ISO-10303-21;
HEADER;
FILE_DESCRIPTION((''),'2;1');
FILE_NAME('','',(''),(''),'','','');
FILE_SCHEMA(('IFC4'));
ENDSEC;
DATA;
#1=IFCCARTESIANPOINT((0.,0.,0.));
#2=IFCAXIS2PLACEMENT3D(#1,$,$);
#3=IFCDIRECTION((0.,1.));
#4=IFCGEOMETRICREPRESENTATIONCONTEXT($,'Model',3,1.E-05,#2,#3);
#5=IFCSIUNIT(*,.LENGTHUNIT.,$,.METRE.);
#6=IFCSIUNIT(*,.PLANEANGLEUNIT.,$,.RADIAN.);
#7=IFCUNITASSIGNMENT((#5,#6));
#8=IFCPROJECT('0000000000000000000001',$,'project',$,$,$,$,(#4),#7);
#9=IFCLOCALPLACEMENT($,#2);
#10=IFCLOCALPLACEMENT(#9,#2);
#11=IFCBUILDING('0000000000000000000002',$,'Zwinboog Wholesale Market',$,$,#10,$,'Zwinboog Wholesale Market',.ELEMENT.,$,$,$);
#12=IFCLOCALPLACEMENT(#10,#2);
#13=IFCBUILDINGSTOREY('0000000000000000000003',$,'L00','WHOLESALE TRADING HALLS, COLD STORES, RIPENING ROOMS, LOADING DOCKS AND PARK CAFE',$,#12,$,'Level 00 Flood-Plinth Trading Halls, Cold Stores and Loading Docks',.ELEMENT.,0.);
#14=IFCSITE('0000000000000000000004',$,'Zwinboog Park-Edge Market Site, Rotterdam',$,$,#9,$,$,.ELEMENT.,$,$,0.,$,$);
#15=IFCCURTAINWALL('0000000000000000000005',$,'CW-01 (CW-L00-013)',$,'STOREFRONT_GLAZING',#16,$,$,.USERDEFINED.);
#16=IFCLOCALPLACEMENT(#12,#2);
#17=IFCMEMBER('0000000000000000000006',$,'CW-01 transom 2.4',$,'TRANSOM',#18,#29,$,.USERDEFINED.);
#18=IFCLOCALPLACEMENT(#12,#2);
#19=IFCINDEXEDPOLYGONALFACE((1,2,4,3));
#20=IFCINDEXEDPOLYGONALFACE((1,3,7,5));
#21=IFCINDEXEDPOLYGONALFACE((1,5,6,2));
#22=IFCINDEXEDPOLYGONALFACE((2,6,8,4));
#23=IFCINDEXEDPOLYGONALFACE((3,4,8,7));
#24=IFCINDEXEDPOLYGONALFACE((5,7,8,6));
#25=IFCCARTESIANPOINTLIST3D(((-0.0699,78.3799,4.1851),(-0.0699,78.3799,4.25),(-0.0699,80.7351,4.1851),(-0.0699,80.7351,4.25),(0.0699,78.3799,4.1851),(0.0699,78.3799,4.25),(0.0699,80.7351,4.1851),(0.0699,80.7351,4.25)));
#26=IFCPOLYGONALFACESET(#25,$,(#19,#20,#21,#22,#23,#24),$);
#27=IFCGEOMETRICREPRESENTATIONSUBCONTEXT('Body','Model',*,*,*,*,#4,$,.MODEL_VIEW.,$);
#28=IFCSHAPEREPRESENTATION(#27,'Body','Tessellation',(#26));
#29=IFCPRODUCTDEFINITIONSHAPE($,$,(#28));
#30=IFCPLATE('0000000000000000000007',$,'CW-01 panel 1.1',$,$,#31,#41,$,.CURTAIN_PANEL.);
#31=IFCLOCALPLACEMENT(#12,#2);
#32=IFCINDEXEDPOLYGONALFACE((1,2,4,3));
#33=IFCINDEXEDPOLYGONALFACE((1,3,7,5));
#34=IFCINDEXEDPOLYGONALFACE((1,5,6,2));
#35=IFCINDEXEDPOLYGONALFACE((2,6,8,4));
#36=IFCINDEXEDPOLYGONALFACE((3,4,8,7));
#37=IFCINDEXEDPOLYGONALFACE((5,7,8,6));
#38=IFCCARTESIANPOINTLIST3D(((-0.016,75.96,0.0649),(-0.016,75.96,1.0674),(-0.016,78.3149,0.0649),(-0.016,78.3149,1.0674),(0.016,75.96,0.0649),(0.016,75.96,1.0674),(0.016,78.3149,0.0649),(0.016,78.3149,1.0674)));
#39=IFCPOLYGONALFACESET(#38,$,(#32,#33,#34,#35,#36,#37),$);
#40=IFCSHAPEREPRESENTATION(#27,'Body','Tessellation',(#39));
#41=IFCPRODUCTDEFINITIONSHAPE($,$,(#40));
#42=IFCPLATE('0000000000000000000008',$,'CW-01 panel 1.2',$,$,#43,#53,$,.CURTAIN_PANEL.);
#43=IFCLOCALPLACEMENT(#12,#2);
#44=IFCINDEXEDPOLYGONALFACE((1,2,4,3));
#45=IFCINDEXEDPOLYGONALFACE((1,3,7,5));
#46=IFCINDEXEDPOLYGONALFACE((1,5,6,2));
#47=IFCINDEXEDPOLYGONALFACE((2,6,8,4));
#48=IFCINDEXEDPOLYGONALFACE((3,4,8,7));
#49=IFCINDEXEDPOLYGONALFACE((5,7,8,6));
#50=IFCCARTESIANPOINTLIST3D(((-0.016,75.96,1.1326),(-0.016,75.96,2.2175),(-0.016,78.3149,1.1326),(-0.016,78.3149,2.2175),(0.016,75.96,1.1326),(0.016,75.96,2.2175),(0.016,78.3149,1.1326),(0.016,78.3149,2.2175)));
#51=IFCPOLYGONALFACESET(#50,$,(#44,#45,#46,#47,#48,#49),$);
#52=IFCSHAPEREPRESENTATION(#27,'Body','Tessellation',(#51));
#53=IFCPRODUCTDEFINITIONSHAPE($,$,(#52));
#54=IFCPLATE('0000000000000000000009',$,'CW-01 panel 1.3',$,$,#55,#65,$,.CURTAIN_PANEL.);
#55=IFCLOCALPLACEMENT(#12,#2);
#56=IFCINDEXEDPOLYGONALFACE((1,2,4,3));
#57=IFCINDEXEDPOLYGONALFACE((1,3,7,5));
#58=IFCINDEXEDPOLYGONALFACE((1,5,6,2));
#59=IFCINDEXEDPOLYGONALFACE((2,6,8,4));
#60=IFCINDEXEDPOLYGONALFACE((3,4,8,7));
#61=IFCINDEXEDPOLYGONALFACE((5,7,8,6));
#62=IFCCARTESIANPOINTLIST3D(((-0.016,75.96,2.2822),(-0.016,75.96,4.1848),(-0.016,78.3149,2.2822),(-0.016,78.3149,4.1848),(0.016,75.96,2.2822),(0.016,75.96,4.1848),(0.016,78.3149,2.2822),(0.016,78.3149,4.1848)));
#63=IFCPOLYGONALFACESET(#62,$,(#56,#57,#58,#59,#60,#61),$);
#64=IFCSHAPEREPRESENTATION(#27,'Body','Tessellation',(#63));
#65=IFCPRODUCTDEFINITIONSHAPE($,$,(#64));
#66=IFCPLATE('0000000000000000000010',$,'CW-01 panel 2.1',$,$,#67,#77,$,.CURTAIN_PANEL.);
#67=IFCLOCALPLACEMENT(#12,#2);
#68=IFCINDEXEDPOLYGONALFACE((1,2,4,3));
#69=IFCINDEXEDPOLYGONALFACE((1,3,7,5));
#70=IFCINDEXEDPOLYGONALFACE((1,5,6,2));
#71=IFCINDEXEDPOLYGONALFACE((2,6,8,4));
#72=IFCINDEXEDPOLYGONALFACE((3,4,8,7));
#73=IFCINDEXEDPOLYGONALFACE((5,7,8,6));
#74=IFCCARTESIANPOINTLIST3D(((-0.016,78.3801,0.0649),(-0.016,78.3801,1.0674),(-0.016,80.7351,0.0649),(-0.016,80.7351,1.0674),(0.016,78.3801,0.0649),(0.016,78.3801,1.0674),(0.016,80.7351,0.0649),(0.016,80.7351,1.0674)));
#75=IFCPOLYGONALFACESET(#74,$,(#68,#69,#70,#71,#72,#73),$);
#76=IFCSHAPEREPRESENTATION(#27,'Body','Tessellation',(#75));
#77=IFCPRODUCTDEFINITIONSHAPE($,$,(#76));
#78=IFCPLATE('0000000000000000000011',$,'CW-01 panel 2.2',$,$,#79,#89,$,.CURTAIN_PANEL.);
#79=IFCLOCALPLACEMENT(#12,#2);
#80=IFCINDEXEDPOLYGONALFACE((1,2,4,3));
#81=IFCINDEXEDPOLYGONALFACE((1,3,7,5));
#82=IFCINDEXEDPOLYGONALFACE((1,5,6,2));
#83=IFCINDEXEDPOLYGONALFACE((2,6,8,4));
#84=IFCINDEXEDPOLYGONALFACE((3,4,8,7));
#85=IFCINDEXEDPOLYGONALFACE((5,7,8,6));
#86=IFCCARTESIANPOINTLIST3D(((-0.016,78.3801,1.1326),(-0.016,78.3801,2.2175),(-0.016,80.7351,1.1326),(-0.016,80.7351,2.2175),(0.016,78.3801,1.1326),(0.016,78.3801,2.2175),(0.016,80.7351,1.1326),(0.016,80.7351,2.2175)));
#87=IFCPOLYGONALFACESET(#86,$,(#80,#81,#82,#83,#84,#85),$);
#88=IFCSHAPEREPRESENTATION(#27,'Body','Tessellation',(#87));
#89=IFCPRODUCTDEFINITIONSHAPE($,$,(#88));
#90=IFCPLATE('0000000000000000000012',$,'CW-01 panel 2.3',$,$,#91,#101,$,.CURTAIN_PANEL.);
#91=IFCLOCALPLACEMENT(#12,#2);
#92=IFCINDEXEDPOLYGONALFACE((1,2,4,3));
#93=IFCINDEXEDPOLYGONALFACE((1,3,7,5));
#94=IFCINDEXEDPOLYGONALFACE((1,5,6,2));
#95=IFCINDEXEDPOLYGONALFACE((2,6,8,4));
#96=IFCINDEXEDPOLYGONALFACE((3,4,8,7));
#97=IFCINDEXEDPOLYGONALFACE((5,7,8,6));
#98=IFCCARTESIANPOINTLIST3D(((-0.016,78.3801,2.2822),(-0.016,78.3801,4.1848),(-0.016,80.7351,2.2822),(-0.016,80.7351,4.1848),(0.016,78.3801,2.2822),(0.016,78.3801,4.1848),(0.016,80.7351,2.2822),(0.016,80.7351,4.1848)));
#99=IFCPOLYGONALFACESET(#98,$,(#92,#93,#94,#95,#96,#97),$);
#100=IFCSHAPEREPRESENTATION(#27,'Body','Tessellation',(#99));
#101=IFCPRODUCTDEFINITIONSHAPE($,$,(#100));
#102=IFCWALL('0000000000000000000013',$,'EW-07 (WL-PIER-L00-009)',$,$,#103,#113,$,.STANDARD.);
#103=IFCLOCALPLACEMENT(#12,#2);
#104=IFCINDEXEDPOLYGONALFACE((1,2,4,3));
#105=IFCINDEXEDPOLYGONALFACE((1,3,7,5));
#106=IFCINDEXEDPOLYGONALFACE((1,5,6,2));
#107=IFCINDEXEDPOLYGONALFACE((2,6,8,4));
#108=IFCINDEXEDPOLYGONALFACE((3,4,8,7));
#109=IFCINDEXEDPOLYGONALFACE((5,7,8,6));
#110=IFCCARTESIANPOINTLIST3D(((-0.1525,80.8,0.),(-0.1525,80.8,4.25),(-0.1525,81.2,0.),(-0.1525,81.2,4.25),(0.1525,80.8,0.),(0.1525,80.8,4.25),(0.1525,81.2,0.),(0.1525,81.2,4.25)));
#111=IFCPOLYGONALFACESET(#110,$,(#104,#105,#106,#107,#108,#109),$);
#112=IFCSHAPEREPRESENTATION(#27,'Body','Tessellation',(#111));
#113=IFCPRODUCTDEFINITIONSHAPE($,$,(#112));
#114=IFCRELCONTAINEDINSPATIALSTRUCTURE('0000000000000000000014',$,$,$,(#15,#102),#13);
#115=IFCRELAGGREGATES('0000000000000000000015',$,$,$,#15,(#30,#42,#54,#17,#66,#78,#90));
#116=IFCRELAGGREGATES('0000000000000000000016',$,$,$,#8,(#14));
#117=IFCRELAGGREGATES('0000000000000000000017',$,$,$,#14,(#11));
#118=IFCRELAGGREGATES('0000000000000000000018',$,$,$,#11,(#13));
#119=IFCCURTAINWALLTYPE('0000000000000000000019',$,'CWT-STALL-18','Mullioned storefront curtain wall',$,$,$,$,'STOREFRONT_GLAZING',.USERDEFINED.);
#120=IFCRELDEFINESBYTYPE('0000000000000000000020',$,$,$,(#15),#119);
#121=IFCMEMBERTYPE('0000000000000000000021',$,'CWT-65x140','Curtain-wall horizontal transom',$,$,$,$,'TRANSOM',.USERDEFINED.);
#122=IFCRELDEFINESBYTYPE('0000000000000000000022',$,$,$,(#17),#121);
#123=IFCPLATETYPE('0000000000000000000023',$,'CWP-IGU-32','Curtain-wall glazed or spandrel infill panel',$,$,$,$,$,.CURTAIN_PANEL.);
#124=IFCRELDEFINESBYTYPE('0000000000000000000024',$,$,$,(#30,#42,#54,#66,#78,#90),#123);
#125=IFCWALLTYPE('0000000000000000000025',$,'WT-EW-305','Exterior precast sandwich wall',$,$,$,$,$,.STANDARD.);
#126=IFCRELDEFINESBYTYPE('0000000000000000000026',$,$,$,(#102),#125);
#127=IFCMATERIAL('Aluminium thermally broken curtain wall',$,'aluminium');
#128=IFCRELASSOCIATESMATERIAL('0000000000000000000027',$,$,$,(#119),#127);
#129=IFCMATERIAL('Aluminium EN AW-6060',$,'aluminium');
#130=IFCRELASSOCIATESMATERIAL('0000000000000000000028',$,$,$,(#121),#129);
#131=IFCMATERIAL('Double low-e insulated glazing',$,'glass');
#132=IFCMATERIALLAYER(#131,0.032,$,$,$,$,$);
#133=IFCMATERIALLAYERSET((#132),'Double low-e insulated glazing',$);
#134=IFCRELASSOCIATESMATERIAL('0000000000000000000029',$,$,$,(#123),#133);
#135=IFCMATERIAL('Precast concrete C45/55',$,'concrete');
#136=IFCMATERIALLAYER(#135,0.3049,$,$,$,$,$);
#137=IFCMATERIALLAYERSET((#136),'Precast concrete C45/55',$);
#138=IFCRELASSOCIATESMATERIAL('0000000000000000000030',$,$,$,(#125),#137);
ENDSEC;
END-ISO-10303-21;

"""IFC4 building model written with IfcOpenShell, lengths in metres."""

from ifc_helpers import new_model, si_unit, direction, frame, frame_2d, origin, origin_2d, place, context, subcontext, project, spatial, rectangle, extrude, material, layer, layer_set, material_profile, profile_set, type_object, element, aggregate, save


model = new_model("IFC4")

# Units and contexts
model_context = context("Model", 3, precision=1e-05, world=origin(), true_north=direction((0.0, 1.0)))
body_context = subcontext(model_context, "Body", "Model", "MODEL_VIEW")
ifc_project = project(units=[si_unit("LENGTHUNIT", "METRE"), si_unit("PLANEANGLEUNIT", "RADIAN")], contexts=[model_context])

# Site, building, storey
site_placement = place(None, origin())
site = spatial("IfcSite", under=ifc_project, at=site_placement, Name="Zwinboog Park-Edge Market Site, Rotterdam", CompositionType="ELEMENT", RefElevation=0.0)
building_placement = place(site_placement, origin())
building = spatial("IfcBuilding", under=site, at=building_placement, Name="Zwinboog Wholesale Market", LongName="Zwinboog Wholesale Market", CompositionType="ELEMENT")
storey_placement = place(building_placement, origin())
storey = spatial("IfcBuildingStorey", under=building, at=storey_placement, Name="L00", Description="WHOLESALE TRADING HALLS, COLD STORES, RIPENING ROOMS, LOADING DOCKS AND PARK CAFE", LongName="Level 00 Flood-Plinth Trading Halls, Cold Stores and Loading Docks", CompositionType="ELEMENT", Elevation=0.0)

# Curtain wall, member, plates
ifc_material_1 = material(Name="Aluminium thermally broken curtain wall", Category="aluminium")
curtain_wall_type = type_object("IfcCurtainWallType", Name="CWT-STALL-18", Description="Mullioned storefront curtain wall", ElementType="STOREFRONT_GLAZING", PredefinedType="USERDEFINED", material=ifc_material_1)
curtain_wall_placement = place(storey_placement, origin())
curtain_wall = element("IfcCurtainWall", 1, at=curtain_wall_placement, inside=storey, type_object=curtain_wall_type, Name="CW-01 (CW-L00-013)", ObjectType="STOREFRONT_GLAZING", PredefinedType="USERDEFINED")
ifc_material_2 = material(Name="Aluminium EN AW-6060", Category="aluminium")
ifc_material_profile_1 = material_profile(ifc_material_2, rectangle(XDim=0.1399, YDim=0.0649, at=origin_2d()), Name="AL 65x140")
ifc_profile_set_1 = profile_set([ifc_material_profile_1], Name="Aluminium EN AW-6060")
member_type_1 = type_object("IfcMemberType", Name="CWT-65x140", Description="Curtain-wall horizontal transom", ElementType="TRANSOM", PredefinedType="USERDEFINED", material=ifc_profile_set_1)
member_1_placement = place(storey_placement, frame((0.0, 78.3799, 4.2175), z_axis=(0.0, 1.0, 0.0), x_axis=(-1.0, 0.0, 0.0)))
member_1 = element("IfcMember", 2, at=member_1_placement, type_object=member_type_1, Name="CW-01 transom 2.4", ObjectType="TRANSOM", PredefinedType="USERDEFINED", context=body_context, shape_type="SweptSolid", body=[
    extrude(rectangle(XDim=0.1399, YDim=0.0649, at=origin_2d()), origin(), (0.0, 0.0, 1.0), 2.3552),
])
ifc_material_3 = material(Name="Double low-e insulated glazing", Category="glass")
ifc_layer_1 = layer(ifc_material_3, 0.032)
ifc_layer_set_1 = layer_set([ifc_layer_1], Name="Double low-e insulated glazing")
plate_type = type_object("IfcPlateType", Name="CWP-IGU-32", Description="Curtain-wall glazed or spandrel infill panel", PredefinedType="CURTAIN_PANEL", material=ifc_layer_set_1)
plate_1_placement = place(storey_placement, frame((0.0, 77.1375, 0.0649), z_axis=(0.0, 0.0, 1.0), x_axis=(0.0, 1.0, 0.0)))
plate_1 = element("IfcPlate", 3, at=plate_1_placement, type_object=plate_type, Name="CW-01 panel 1.1", PredefinedType="CURTAIN_PANEL", context=body_context, shape_type="SweptSolid", body=[
    extrude(rectangle(XDim=2.355, YDim=0.032, at=origin_2d()), origin(), (0.0, 0.0, 1.0), 1.0024),
])
plate_2_placement = place(storey_placement, frame((0.0, 77.1375, 1.1326), z_axis=(0.0, 0.0, 1.0), x_axis=(0.0, 1.0, 0.0)))
plate_2 = element("IfcPlate", 4, at=plate_2_placement, type_object=plate_type, Name="CW-01 panel 1.2", PredefinedType="CURTAIN_PANEL", context=body_context, shape_type="SweptSolid", body=[
    extrude(rectangle(XDim=2.355, YDim=0.032, at=origin_2d()), origin(), (0.0, 0.0, 1.0), 1.085),
])
plate_3_placement = place(storey_placement, frame((0.0, 77.1375, 2.2822), z_axis=(0.0, 0.0, 1.0), x_axis=(0.0, 1.0, 0.0)))
plate_3 = element("IfcPlate", 5, at=plate_3_placement, type_object=plate_type, Name="CW-01 panel 1.3", PredefinedType="CURTAIN_PANEL", context=body_context, shape_type="SweptSolid", body=[
    extrude(rectangle(XDim=2.355, YDim=0.032, at=origin_2d()), origin(), (0.0, 0.0, 1.0), 1.9026),
])
plate_4_placement = place(storey_placement, frame((0.0, 79.5576, 0.0649), z_axis=(0.0, 0.0, 1.0), x_axis=(0.0, 1.0, 0.0)))
plate_4 = element("IfcPlate", 6, at=plate_4_placement, type_object=plate_type, Name="CW-01 panel 2.1", PredefinedType="CURTAIN_PANEL", context=body_context, shape_type="SweptSolid", body=[
    extrude(rectangle(XDim=2.355, YDim=0.032, at=origin_2d()), origin(), (0.0, 0.0, 1.0), 1.0024),
])
plate_5_placement = place(storey_placement, frame((0.0, 79.5576, 1.1326), z_axis=(0.0, 0.0, 1.0), x_axis=(0.0, 1.0, 0.0)))
plate_5 = element("IfcPlate", 7, at=plate_5_placement, type_object=plate_type, Name="CW-01 panel 2.2", PredefinedType="CURTAIN_PANEL", context=body_context, shape_type="SweptSolid", body=[
    extrude(rectangle(XDim=2.355, YDim=0.032, at=origin_2d()), origin(), (0.0, 0.0, 1.0), 1.085),
])
plate_6_placement = place(storey_placement, frame((0.0, 79.5576, 2.2822), z_axis=(0.0, 0.0, 1.0), x_axis=(0.0, 1.0, 0.0)))
plate_6 = element("IfcPlate", 8, at=plate_6_placement, type_object=plate_type, Name="CW-01 panel 2.3", PredefinedType="CURTAIN_PANEL", context=body_context, shape_type="SweptSolid", body=[
    extrude(rectangle(XDim=2.355, YDim=0.032, at=origin_2d()), origin(), (0.0, 0.0, 1.0), 1.9026),
])
aggregate(curtain_wall, [plate_1, plate_2, plate_3, member_1, plate_4, plate_5, plate_6])

# Wall
ifc_material_4 = material(Name="Precast concrete C45/55", Category="concrete")
ifc_layer_2 = layer(ifc_material_4, 0.3049)
ifc_layer_set_2 = layer_set([ifc_layer_2], Name="Precast concrete C45/55")
wall_type = type_object("IfcWallType", Name="WT-EW-305", Description="Exterior precast sandwich wall", PredefinedType="STANDARD", material=ifc_layer_set_2)
wall_placement = place(storey_placement, frame((0.0, 80.8, 0.0), z_axis=(0.0, 0.0, 1.0), x_axis=(0.0, 1.0, 0.0)))
element("IfcWall", 9, at=wall_placement, inside=storey, type_object=wall_type, Name="EW-07 (WL-PIER-L00-009)", PredefinedType="STANDARD", context=body_context, shape_type="SweptSolid", body=[
    extrude(rectangle(XDim=0.3999, YDim=0.3049, at=frame_2d((0.2, 0.0))), origin(), (0.0, 0.0, 1.0), 4.25),
])

save(model, "model.ifc")
